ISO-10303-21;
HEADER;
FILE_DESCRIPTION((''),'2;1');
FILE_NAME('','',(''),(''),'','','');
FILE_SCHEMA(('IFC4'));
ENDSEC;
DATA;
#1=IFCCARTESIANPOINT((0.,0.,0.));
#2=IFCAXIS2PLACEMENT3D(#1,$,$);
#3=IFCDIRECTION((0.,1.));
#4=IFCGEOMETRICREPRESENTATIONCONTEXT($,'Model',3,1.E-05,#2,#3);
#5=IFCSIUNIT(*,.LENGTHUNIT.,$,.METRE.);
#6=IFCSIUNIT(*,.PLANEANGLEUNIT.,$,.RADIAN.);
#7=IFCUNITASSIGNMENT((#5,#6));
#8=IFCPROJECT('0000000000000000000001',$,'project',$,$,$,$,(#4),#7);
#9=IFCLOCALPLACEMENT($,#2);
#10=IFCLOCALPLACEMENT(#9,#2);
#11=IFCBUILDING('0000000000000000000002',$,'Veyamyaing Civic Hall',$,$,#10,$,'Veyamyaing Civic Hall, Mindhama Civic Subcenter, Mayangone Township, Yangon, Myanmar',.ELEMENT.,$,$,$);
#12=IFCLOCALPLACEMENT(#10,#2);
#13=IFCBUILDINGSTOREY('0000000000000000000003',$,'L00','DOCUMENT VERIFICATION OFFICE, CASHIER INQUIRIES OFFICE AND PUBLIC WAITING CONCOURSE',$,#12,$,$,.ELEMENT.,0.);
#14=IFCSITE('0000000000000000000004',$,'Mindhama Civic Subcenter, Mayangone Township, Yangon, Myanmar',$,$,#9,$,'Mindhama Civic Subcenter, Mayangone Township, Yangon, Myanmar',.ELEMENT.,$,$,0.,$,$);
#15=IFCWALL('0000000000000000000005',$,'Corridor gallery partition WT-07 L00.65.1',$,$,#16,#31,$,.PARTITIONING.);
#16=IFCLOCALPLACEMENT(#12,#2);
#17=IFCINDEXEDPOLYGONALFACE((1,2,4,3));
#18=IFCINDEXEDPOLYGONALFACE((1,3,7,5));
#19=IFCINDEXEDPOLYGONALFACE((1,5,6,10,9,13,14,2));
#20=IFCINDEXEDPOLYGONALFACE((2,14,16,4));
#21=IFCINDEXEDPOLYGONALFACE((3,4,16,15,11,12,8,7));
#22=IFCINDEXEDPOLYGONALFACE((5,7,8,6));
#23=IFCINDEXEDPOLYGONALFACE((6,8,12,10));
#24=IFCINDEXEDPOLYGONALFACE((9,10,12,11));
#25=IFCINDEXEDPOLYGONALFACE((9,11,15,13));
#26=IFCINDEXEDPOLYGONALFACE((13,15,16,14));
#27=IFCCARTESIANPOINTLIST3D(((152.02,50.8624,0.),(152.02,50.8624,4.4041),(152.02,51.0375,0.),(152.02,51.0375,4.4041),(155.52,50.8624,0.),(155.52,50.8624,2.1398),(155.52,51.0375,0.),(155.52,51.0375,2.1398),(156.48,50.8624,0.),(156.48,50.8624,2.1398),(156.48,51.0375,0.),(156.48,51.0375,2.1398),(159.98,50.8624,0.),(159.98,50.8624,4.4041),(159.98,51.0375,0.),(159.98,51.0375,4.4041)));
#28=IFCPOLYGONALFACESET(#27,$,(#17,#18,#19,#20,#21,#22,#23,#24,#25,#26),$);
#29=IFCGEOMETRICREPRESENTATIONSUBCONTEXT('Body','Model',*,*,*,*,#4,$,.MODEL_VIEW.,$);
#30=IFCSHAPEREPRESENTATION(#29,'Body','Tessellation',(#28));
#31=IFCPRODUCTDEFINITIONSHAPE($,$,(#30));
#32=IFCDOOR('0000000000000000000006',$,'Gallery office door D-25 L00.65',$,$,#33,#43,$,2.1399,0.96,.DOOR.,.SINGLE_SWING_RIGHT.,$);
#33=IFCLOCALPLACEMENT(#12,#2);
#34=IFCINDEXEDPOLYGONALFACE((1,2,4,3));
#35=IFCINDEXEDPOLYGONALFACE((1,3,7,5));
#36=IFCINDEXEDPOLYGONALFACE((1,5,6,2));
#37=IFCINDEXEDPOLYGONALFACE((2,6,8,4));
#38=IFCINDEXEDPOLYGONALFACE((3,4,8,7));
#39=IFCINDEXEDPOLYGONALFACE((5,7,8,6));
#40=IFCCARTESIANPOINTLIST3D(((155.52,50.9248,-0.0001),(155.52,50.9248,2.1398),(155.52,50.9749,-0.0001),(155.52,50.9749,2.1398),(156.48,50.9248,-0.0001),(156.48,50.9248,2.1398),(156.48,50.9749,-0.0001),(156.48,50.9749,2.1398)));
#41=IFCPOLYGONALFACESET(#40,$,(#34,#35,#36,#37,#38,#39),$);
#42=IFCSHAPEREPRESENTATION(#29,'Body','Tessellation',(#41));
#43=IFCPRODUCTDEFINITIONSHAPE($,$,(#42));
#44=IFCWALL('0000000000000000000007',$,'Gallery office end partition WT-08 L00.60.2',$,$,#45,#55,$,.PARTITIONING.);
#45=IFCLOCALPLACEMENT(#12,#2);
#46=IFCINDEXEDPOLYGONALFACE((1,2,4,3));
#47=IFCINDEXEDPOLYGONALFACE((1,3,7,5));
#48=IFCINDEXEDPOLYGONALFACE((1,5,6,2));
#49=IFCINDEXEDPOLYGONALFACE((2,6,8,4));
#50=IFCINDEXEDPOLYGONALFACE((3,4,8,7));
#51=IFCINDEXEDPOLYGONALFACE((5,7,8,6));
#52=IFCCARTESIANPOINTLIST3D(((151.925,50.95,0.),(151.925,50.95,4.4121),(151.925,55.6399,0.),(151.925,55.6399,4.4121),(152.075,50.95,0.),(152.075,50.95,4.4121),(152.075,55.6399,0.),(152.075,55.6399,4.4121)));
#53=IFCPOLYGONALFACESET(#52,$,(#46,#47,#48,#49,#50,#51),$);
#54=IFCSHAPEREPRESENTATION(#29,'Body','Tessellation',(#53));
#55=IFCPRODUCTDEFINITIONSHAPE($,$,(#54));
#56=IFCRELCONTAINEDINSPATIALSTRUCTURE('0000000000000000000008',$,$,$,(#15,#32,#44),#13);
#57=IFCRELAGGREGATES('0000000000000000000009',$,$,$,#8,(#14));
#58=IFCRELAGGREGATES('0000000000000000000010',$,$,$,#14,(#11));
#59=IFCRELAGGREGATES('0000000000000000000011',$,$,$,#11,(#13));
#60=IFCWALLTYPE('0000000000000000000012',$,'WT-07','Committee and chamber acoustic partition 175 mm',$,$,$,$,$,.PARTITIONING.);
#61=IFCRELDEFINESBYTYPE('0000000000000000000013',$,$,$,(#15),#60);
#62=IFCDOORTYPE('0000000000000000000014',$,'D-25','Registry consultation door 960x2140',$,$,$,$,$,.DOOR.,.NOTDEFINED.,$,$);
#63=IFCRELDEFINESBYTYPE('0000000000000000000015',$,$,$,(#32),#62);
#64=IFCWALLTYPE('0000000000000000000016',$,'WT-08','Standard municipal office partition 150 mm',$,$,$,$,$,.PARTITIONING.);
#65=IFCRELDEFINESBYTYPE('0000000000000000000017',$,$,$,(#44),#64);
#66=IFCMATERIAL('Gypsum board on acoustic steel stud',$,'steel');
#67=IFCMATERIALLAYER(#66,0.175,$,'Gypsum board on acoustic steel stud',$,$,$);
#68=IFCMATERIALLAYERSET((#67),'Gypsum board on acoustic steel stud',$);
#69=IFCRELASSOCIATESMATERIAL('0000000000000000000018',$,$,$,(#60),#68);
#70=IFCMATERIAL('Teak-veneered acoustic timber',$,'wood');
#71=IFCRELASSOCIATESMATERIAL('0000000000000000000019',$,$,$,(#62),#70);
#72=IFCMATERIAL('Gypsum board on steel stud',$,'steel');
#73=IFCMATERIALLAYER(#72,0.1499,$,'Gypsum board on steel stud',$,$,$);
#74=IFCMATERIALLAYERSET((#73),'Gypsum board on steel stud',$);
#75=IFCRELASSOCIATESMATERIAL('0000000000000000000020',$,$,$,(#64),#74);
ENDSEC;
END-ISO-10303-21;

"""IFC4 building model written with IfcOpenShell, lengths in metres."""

from ifc_helpers import new_model, si_unit, direction, frame, frame_2d, origin, place, context, subcontext, project, spatial, rectangle, extrude, material, layer, layer_set, type_object, element, fill, save


model = new_model("IFC4")

# Units and contexts
model_context = context("Model", 3, precision=1e-05, world=origin(), true_north=direction((0.0, 1.0)))
body_context = subcontext(model_context, "Body", "Model", "MODEL_VIEW")
ifc_project = project(units=[si_unit("LENGTHUNIT", "METRE"), si_unit("PLANEANGLEUNIT", "RADIAN")], contexts=[model_context])

# Site, building, storey
site_placement = place(None, origin())
site = spatial("IfcSite", under=ifc_project, at=site_placement, Name="Mindhama Civic Subcenter, Mayangone Township, Yangon, Myanmar", LongName="Mindhama Civic Subcenter, Mayangone Township, Yangon, Myanmar", CompositionType="ELEMENT", RefElevation=0.0)
building_placement = place(site_placement, origin())
building = spatial("IfcBuilding", under=site, at=building_placement, Name="Veyamyaing Civic Hall", LongName="Veyamyaing Civic Hall, Mindhama Civic Subcenter, Mayangone Township, Yangon, Myanmar", CompositionType="ELEMENT")
storey_placement = place(building_placement, origin())
storey = spatial("IfcBuildingStorey", under=building, at=storey_placement, Name="L00", Description="DOCUMENT VERIFICATION OFFICE, CASHIER INQUIRIES OFFICE AND PUBLIC WAITING CONCOURSE", CompositionType="ELEMENT", Elevation=0.0)

# Wall, opening, door
ifc_material_1 = material(Name="Gypsum board on acoustic steel stud", Category="steel")
ifc_layer_1 = layer(ifc_material_1, 0.175, Name="Gypsum board on acoustic steel stud")
ifc_layer_set_1 = layer_set([ifc_layer_1], Name="Gypsum board on acoustic steel stud")
wall_type_1 = type_object("IfcWallType", Name="WT-07", Description="Committee and chamber acoustic partition 175 mm", PredefinedType="PARTITIONING", material=ifc_layer_set_1)
wall_1_placement = place(storey_placement, frame((152.02, 50.95, 0.0), z_axis=(0.0, 0.0, 1.0), x_axis=(1.0, 0.0, 0.0)))
wall_1 = element("IfcWall", 1, at=wall_1_placement, inside=storey, type_object=wall_type_1, Name="Corridor gallery partition WT-07 L00.65.1", PredefinedType="PARTITIONING", context=body_context, shape_type="SweptSolid", body=[
    extrude(rectangle(XDim=7.96, YDim=0.175, at=frame_2d((3.98, 0.0))), origin(), (0.0, 0.0, 1.0), 4.4041),
])
opening_placement = place(wall_1_placement, frame((3.5, 0.0, 0.0)))
opening = element("IfcOpeningElement", 2, at=opening_placement, cuts=wall_1, PredefinedType="OPENING", context=body_context, shape_type="SweptSolid", body=[
    extrude(rectangle(XDim=0.96, YDim=2.1399, at=frame_2d((0.48, 1.0698))), frame((0.0, 0.0974, 0.0), z_axis=(0.0, -1.0, 0.0), x_axis=(1.0, 0.0, 0.0)), (0.0, 0.0, 1.0), 0.1951),
])
ifc_material_2 = material(Name="Teak-veneered acoustic timber", Category="wood")
door_type = type_object("IfcDoorType", Name="D-25", Description="Registry consultation door 960x2140", OperationType="NOTDEFINED", PredefinedType="DOOR", material=ifc_material_2)
door_placement = place(opening_placement, origin())
door = element("IfcDoor", 3, at=door_placement, inside=storey, type_object=door_type, Name="Gallery office door D-25 L00.65", OperationType="SINGLE_SWING_RIGHT", OverallHeight=2.1399, OverallWidth=0.96, PredefinedType="DOOR", context=body_context, shape_type="SweptSolid", body=[
    extrude(rectangle(XDim=0.96, YDim=2.1399, at=frame_2d((0.48, 1.0698))), frame((0.0, 0.0249, 0.0), z_axis=(0.0, -1.0, 0.0), x_axis=(1.0, 0.0, 0.0)), (0.0, 0.0, 1.0), 0.05),
])
fill(opening, door)

# Wall
ifc_material_3 = material(Name="Gypsum board on steel stud", Category="steel")
ifc_layer_2 = layer(ifc_material_3, 0.1499, Name="Gypsum board on steel stud")
ifc_layer_set_2 = layer_set([ifc_layer_2], Name="Gypsum board on steel stud")
wall_type_2 = type_object("IfcWallType", Name="WT-08", Description="Standard municipal office partition 150 mm", PredefinedType="PARTITIONING", material=ifc_layer_set_2)
wall_2_placement = place(storey_placement, frame((152.0, 50.95, 0.0), z_axis=(0.0, 0.0, 1.0), x_axis=(0.0, 1.0, 0.0)))
element("IfcWall", 4, at=wall_2_placement, inside=storey, type_object=wall_type_2, Name="Gallery office end partition WT-08 L00.60.2", PredefinedType="PARTITIONING", context=body_context, shape_type="SweptSolid", body=[
    extrude(rectangle(XDim=4.6899, YDim=0.1499, at=frame_2d((2.345, 0.0))), origin(), (0.0, 0.0, 1.0), 4.4121),
])

save(model, "model.ifc")
